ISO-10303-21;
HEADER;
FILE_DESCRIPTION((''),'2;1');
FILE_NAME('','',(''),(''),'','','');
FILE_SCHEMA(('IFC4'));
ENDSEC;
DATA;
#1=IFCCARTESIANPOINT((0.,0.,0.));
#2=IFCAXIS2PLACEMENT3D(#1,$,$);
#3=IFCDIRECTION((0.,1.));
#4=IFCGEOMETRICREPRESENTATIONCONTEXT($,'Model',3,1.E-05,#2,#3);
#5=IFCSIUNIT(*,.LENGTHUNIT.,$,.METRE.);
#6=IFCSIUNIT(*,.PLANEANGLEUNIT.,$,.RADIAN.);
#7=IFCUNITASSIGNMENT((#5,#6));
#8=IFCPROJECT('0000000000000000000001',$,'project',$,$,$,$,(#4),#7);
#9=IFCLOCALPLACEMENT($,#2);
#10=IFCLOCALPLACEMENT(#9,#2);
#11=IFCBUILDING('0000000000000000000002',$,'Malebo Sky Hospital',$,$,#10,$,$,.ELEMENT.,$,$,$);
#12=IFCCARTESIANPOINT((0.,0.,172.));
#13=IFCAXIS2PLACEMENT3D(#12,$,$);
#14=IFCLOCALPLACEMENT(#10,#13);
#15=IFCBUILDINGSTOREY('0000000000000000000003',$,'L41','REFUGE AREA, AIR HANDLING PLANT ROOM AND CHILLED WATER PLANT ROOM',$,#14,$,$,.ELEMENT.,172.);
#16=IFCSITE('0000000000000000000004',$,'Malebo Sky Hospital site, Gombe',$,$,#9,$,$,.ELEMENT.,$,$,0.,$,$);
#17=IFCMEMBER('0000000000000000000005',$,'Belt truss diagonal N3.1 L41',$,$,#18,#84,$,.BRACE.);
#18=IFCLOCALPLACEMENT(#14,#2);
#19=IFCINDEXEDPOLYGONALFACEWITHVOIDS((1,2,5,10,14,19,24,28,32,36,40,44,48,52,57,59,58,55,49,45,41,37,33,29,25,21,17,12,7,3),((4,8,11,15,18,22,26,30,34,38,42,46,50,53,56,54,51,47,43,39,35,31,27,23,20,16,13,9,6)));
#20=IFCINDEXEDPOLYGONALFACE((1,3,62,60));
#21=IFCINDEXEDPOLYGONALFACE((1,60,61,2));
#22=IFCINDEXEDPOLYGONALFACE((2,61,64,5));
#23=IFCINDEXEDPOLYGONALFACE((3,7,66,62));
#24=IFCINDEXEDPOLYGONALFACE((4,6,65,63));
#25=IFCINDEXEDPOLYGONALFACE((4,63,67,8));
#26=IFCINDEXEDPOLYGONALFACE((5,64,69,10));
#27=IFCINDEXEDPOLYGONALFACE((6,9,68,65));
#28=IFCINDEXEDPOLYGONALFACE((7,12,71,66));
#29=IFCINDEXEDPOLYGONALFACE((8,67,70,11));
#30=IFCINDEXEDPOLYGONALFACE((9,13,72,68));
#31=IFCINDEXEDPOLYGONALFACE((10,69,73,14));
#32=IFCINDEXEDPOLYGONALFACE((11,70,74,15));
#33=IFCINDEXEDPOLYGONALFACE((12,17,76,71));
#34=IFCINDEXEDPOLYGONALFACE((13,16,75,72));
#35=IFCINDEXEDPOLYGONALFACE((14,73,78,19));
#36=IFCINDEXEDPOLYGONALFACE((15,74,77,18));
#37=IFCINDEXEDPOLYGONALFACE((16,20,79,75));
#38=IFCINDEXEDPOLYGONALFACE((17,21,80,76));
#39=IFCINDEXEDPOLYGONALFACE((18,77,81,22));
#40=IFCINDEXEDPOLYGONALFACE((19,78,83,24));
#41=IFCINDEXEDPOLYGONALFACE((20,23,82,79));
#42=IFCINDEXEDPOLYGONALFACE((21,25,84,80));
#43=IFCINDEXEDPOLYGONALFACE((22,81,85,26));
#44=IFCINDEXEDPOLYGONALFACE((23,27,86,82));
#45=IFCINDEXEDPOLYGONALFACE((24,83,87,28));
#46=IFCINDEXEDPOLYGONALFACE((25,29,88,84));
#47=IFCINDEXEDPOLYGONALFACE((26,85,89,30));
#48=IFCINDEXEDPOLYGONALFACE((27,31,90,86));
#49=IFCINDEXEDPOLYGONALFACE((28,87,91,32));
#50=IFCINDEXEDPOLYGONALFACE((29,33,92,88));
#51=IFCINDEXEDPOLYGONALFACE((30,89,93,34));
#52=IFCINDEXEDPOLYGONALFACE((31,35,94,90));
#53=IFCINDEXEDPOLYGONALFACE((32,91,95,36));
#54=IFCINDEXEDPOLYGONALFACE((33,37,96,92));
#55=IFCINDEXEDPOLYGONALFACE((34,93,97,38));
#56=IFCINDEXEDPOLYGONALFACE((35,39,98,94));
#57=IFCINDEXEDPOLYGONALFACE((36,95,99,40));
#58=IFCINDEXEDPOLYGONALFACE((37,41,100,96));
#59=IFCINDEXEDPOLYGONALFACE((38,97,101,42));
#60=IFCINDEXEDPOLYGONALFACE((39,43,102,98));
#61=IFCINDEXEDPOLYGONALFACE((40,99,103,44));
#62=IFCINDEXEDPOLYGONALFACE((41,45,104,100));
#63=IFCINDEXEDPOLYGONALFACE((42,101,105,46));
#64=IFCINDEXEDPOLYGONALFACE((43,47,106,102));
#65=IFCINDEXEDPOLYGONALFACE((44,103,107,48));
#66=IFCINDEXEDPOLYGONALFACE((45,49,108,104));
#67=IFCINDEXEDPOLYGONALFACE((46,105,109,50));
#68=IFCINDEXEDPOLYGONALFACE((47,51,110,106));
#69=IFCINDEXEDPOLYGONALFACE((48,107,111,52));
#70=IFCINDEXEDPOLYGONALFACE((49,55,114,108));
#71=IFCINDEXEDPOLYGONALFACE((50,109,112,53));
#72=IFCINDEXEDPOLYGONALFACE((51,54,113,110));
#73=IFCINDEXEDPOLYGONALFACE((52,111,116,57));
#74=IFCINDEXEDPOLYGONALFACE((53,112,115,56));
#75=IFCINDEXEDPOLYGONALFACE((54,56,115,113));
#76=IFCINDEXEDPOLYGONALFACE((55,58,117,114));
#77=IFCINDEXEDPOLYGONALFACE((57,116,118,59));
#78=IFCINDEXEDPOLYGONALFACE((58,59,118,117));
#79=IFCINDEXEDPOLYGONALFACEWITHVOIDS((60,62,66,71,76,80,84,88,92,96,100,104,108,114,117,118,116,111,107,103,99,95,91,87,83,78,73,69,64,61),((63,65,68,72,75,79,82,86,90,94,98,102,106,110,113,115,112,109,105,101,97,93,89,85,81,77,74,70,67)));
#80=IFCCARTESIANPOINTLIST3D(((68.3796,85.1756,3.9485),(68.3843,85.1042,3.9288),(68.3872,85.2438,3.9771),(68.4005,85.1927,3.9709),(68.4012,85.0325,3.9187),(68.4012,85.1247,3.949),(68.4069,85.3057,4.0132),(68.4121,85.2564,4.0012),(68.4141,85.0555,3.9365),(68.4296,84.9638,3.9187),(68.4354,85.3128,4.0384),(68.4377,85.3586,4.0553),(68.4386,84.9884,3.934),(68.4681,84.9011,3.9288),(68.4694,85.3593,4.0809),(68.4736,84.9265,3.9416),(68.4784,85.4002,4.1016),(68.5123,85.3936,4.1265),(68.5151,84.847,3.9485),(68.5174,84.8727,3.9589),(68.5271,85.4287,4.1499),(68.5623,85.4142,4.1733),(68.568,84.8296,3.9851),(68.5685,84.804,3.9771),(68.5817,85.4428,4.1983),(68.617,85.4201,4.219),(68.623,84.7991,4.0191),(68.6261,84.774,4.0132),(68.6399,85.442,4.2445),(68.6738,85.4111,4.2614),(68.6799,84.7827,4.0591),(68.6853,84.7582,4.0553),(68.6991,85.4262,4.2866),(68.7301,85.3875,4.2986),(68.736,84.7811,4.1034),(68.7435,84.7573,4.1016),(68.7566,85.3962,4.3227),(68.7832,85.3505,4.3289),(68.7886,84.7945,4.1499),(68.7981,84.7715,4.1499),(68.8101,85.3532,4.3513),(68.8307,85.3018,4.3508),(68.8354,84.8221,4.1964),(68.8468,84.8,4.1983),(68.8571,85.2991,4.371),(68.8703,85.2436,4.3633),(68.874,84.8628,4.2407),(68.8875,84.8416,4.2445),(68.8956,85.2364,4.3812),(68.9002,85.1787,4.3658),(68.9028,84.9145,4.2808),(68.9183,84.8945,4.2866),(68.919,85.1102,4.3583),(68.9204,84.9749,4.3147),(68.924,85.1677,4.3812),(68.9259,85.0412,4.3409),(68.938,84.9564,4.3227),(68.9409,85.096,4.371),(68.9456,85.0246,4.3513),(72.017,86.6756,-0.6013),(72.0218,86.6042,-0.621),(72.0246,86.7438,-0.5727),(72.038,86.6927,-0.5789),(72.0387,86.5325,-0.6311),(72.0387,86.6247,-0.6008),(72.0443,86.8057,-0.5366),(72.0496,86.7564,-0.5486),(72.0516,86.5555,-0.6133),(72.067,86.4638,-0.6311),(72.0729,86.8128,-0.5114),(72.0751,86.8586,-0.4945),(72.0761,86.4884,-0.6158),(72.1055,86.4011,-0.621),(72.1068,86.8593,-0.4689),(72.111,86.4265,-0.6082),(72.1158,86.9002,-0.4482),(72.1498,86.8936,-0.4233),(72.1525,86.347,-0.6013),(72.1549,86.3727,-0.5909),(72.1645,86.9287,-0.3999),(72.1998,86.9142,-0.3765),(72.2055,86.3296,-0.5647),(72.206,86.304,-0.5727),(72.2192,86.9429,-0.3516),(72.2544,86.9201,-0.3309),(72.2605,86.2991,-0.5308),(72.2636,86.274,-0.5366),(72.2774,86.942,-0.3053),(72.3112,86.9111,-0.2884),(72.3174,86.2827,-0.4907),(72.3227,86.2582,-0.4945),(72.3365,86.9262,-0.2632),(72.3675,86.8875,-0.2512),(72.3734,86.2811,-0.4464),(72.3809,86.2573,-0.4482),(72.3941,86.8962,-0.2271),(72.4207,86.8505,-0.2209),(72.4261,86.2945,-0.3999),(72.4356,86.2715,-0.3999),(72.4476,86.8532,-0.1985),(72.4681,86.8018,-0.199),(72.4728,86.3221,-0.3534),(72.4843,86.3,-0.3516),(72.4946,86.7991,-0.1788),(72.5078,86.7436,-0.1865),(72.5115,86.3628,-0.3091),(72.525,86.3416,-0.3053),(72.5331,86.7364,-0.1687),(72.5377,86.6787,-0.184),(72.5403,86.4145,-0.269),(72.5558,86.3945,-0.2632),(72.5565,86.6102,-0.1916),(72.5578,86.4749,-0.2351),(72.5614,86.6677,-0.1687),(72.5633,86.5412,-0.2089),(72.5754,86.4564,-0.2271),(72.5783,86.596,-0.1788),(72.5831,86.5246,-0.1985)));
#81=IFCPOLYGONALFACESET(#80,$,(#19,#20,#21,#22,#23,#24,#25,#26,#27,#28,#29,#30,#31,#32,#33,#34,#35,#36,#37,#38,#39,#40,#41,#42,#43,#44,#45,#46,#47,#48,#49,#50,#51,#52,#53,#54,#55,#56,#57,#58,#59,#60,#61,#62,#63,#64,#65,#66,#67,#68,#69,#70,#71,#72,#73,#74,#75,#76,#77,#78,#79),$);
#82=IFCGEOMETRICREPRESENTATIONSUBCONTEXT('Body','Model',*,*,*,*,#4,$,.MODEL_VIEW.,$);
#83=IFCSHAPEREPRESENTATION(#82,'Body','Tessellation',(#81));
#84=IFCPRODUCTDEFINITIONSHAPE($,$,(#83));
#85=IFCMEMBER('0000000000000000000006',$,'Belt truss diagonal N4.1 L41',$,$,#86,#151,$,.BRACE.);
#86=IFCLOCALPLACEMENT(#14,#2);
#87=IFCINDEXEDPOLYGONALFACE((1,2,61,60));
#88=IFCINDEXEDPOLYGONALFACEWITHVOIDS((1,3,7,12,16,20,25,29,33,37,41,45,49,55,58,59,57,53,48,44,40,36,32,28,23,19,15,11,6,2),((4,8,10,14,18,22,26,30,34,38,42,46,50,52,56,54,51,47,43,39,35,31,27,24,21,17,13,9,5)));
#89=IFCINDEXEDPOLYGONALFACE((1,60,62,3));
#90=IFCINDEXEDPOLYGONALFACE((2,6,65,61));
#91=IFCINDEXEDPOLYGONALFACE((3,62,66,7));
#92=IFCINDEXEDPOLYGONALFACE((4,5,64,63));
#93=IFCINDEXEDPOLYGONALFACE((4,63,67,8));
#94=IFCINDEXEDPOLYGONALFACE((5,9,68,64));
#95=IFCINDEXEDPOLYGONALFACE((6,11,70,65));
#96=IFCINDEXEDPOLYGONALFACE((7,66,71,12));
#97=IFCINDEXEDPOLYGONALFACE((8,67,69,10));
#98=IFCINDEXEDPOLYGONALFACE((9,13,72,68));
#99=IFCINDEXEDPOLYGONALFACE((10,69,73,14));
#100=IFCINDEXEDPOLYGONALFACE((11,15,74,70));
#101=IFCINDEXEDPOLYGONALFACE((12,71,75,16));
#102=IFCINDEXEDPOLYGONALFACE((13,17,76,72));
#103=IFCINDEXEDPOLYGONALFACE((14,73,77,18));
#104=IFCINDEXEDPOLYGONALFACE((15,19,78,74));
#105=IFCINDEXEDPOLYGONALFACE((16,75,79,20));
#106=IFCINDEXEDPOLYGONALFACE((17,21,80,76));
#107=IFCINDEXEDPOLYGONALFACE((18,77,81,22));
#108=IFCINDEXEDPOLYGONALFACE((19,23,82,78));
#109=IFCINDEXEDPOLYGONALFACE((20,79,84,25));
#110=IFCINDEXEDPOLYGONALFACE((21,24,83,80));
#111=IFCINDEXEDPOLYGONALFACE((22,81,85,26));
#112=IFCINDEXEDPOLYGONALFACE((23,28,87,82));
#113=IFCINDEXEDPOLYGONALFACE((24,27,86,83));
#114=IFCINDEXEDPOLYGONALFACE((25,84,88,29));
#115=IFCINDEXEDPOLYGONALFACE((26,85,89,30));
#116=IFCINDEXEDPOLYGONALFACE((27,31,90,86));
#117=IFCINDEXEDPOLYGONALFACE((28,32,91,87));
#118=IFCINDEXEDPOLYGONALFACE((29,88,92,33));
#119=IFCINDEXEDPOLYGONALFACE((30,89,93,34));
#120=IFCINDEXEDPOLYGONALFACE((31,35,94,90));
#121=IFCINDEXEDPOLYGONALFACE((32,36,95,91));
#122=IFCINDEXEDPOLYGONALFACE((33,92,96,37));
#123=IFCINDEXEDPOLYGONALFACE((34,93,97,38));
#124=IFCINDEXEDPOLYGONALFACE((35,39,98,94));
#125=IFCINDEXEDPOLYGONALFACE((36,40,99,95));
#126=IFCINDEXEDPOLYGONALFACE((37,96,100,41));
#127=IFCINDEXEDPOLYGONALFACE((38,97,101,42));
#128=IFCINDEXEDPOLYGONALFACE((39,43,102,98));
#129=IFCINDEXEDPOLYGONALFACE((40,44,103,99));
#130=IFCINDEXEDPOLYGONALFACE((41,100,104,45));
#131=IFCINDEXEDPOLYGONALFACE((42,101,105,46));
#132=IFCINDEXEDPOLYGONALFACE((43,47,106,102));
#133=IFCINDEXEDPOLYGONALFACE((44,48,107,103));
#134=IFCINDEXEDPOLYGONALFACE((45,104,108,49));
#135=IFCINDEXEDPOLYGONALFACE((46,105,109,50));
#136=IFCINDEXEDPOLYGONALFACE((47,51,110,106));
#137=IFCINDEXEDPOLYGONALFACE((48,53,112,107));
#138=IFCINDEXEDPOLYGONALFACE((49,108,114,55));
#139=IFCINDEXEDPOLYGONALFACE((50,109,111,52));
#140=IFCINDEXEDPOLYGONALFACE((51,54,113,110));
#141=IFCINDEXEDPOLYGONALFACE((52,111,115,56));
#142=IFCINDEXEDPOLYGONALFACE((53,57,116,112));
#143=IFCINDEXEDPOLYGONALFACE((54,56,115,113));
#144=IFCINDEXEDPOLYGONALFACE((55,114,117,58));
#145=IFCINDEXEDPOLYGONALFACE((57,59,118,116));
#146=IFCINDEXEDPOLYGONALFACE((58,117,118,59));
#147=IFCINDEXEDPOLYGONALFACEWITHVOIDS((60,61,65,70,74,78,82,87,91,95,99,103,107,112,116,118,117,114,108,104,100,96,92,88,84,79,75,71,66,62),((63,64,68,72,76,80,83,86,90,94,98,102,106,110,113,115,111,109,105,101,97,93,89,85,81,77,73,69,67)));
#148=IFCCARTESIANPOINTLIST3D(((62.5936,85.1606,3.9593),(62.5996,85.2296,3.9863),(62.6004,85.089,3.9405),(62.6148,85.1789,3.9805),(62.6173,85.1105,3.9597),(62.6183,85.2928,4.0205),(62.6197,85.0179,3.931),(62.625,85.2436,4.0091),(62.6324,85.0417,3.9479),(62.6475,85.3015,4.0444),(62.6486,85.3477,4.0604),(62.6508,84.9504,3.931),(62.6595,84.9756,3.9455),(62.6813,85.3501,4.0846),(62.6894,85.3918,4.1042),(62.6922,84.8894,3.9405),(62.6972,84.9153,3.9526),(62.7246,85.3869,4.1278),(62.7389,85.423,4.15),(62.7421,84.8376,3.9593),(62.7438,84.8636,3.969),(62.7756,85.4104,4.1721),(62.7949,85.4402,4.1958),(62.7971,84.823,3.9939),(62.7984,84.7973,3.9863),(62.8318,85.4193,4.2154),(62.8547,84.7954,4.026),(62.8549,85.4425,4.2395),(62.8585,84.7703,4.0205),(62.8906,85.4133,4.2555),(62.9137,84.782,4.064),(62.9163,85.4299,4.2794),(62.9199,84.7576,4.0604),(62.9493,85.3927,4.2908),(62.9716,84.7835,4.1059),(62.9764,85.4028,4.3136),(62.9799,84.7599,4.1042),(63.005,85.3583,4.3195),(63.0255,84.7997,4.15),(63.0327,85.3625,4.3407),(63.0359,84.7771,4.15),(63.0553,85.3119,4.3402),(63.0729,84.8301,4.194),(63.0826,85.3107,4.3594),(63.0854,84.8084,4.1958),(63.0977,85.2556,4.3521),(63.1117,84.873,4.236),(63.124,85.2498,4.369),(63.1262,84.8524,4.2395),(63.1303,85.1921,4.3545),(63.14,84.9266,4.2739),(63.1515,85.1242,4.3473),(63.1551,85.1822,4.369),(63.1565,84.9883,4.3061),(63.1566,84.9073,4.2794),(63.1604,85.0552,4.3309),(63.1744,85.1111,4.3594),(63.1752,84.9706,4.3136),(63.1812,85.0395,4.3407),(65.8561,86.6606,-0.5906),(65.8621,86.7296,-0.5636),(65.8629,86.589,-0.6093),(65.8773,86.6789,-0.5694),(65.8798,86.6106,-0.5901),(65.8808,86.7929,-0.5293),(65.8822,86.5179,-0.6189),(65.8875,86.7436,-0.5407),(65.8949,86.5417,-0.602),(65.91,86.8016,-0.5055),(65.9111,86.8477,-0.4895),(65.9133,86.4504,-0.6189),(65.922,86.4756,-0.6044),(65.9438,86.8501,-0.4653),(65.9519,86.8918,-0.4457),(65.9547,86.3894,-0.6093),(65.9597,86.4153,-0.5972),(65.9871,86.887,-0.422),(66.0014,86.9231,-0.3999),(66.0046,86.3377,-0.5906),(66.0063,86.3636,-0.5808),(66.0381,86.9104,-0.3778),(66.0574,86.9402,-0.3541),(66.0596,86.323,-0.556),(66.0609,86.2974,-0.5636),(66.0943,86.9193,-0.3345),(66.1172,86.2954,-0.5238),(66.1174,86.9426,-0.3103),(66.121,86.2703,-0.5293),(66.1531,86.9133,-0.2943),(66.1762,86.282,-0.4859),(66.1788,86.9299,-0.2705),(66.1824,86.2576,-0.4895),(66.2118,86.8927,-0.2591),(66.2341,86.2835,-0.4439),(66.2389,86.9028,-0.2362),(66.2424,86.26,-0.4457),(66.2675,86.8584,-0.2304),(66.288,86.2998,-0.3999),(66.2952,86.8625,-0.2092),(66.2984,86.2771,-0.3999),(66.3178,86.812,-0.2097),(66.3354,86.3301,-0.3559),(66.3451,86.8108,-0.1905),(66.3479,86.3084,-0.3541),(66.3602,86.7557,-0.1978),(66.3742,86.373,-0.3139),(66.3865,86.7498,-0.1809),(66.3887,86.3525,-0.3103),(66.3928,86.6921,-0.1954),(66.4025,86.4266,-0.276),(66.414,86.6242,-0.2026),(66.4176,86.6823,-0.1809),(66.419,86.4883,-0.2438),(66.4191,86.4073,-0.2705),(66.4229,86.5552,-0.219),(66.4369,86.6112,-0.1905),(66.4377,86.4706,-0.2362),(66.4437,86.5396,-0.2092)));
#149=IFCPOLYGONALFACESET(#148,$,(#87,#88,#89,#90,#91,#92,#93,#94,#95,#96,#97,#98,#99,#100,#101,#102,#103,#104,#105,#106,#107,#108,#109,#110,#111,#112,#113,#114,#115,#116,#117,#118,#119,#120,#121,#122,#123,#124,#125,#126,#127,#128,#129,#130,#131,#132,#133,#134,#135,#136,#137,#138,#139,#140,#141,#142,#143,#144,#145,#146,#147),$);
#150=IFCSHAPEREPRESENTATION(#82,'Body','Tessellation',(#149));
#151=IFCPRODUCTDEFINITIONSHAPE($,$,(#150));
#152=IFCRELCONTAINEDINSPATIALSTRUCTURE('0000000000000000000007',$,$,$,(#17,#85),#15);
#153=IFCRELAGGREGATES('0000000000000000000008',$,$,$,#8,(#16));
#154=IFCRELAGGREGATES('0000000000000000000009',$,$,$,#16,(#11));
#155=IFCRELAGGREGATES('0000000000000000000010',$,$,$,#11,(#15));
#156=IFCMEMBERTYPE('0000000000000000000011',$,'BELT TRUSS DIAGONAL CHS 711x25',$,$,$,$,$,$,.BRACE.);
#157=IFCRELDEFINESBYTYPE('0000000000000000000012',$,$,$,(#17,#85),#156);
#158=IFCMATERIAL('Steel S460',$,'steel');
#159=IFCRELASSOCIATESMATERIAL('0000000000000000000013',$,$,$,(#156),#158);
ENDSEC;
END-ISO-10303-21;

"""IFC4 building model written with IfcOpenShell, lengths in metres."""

from ifc_helpers import new_model, si_unit, direction, frame, origin, origin_2d, place, context, subcontext, project, spatial, hollow_circle, extrude, material, material_profile, profile_set, type_object, element, save


model = new_model("IFC4")

# Units and contexts
model_context = context("Model", 3, precision=1e-05, world=origin(), true_north=direction((0.0, 1.0)))
body_context = subcontext(model_context, "Body", "Model", "MODEL_VIEW")
ifc_project = project(units=[si_unit("LENGTHUNIT", "METRE"), si_unit("PLANEANGLEUNIT", "RADIAN")], contexts=[model_context])

# Site, building, storey
site_placement = place(None, origin())
site = spatial("IfcSite", under=ifc_project, at=site_placement, Name="Malebo Sky Hospital site, Gombe", CompositionType="ELEMENT", RefElevation=0.0)
building_placement = place(site_placement, origin())
building = spatial("IfcBuilding", under=site, at=building_placement, Name="Malebo Sky Hospital", CompositionType="ELEMENT")
storey_placement = place(building_placement, frame((0.0, 0.0, 172.0)))
storey = spatial("IfcBuildingStorey", under=building, at=storey_placement, Name="L41", Description="REFUGE AREA, AIR HANDLING PLANT ROOM AND CHILLED WATER PLANT ROOM", CompositionType="ELEMENT", Elevation=172.0)

# Shared definitions
ifc_material_1 = material(Name="Steel S460", Category="steel")

# Members
ifc_material_profile_1 = material_profile(ifc_material_1, hollow_circle(Radius=0.3555, WallThickness=0.0249, at=origin_2d()), Name="CHS 711x25")
ifc_profile_set_1 = profile_set([ifc_material_profile_1], Name="Steel S460")
member_type_1 = type_object("IfcMemberType", Name="BELT TRUSS DIAGONAL CHS 711x25", PredefinedType="BRACE", material=ifc_profile_set_1)
member_1_placement = place(storey_placement, frame((72.3, 86.6001, -0.3999), z_axis=(-0.604717, -0.249371, 0.756394), x_axis=(0.381233, -0.924479, 0.0)))
element("IfcMember", 1, at=member_1_placement, inside=storey, type_object=member_type_1, Name="Belt truss diagonal N3.1 L41", PredefinedType="BRACE", context=body_context, shape_type="SweptSolid", body=[
    extrude(hollow_circle(Radius=0.3555, WallThickness=0.0249, at=origin_2d()), origin(), (0.0, 0.0, 1.0), 6.0151),
])
member_2_placement = place(storey_placement, frame((66.1499, 86.6001, -0.3999), z_axis=(-0.562874, -0.258796, 0.784982), x_axis=(0.417738, -0.908567, 0.0)))
element("IfcMember", 2, at=member_2_placement, inside=storey, type_object=member_type_1, Name="Belt truss diagonal N4.1 L41", PredefinedType="BRACE", context=body_context, shape_type="SweptSolid", body=[
    extrude(hollow_circle(Radius=0.3555, WallThickness=0.0249, at=origin_2d()), origin(), (0.0, 0.0, 1.0), 5.7961),
])

save(model, "model.ifc")
